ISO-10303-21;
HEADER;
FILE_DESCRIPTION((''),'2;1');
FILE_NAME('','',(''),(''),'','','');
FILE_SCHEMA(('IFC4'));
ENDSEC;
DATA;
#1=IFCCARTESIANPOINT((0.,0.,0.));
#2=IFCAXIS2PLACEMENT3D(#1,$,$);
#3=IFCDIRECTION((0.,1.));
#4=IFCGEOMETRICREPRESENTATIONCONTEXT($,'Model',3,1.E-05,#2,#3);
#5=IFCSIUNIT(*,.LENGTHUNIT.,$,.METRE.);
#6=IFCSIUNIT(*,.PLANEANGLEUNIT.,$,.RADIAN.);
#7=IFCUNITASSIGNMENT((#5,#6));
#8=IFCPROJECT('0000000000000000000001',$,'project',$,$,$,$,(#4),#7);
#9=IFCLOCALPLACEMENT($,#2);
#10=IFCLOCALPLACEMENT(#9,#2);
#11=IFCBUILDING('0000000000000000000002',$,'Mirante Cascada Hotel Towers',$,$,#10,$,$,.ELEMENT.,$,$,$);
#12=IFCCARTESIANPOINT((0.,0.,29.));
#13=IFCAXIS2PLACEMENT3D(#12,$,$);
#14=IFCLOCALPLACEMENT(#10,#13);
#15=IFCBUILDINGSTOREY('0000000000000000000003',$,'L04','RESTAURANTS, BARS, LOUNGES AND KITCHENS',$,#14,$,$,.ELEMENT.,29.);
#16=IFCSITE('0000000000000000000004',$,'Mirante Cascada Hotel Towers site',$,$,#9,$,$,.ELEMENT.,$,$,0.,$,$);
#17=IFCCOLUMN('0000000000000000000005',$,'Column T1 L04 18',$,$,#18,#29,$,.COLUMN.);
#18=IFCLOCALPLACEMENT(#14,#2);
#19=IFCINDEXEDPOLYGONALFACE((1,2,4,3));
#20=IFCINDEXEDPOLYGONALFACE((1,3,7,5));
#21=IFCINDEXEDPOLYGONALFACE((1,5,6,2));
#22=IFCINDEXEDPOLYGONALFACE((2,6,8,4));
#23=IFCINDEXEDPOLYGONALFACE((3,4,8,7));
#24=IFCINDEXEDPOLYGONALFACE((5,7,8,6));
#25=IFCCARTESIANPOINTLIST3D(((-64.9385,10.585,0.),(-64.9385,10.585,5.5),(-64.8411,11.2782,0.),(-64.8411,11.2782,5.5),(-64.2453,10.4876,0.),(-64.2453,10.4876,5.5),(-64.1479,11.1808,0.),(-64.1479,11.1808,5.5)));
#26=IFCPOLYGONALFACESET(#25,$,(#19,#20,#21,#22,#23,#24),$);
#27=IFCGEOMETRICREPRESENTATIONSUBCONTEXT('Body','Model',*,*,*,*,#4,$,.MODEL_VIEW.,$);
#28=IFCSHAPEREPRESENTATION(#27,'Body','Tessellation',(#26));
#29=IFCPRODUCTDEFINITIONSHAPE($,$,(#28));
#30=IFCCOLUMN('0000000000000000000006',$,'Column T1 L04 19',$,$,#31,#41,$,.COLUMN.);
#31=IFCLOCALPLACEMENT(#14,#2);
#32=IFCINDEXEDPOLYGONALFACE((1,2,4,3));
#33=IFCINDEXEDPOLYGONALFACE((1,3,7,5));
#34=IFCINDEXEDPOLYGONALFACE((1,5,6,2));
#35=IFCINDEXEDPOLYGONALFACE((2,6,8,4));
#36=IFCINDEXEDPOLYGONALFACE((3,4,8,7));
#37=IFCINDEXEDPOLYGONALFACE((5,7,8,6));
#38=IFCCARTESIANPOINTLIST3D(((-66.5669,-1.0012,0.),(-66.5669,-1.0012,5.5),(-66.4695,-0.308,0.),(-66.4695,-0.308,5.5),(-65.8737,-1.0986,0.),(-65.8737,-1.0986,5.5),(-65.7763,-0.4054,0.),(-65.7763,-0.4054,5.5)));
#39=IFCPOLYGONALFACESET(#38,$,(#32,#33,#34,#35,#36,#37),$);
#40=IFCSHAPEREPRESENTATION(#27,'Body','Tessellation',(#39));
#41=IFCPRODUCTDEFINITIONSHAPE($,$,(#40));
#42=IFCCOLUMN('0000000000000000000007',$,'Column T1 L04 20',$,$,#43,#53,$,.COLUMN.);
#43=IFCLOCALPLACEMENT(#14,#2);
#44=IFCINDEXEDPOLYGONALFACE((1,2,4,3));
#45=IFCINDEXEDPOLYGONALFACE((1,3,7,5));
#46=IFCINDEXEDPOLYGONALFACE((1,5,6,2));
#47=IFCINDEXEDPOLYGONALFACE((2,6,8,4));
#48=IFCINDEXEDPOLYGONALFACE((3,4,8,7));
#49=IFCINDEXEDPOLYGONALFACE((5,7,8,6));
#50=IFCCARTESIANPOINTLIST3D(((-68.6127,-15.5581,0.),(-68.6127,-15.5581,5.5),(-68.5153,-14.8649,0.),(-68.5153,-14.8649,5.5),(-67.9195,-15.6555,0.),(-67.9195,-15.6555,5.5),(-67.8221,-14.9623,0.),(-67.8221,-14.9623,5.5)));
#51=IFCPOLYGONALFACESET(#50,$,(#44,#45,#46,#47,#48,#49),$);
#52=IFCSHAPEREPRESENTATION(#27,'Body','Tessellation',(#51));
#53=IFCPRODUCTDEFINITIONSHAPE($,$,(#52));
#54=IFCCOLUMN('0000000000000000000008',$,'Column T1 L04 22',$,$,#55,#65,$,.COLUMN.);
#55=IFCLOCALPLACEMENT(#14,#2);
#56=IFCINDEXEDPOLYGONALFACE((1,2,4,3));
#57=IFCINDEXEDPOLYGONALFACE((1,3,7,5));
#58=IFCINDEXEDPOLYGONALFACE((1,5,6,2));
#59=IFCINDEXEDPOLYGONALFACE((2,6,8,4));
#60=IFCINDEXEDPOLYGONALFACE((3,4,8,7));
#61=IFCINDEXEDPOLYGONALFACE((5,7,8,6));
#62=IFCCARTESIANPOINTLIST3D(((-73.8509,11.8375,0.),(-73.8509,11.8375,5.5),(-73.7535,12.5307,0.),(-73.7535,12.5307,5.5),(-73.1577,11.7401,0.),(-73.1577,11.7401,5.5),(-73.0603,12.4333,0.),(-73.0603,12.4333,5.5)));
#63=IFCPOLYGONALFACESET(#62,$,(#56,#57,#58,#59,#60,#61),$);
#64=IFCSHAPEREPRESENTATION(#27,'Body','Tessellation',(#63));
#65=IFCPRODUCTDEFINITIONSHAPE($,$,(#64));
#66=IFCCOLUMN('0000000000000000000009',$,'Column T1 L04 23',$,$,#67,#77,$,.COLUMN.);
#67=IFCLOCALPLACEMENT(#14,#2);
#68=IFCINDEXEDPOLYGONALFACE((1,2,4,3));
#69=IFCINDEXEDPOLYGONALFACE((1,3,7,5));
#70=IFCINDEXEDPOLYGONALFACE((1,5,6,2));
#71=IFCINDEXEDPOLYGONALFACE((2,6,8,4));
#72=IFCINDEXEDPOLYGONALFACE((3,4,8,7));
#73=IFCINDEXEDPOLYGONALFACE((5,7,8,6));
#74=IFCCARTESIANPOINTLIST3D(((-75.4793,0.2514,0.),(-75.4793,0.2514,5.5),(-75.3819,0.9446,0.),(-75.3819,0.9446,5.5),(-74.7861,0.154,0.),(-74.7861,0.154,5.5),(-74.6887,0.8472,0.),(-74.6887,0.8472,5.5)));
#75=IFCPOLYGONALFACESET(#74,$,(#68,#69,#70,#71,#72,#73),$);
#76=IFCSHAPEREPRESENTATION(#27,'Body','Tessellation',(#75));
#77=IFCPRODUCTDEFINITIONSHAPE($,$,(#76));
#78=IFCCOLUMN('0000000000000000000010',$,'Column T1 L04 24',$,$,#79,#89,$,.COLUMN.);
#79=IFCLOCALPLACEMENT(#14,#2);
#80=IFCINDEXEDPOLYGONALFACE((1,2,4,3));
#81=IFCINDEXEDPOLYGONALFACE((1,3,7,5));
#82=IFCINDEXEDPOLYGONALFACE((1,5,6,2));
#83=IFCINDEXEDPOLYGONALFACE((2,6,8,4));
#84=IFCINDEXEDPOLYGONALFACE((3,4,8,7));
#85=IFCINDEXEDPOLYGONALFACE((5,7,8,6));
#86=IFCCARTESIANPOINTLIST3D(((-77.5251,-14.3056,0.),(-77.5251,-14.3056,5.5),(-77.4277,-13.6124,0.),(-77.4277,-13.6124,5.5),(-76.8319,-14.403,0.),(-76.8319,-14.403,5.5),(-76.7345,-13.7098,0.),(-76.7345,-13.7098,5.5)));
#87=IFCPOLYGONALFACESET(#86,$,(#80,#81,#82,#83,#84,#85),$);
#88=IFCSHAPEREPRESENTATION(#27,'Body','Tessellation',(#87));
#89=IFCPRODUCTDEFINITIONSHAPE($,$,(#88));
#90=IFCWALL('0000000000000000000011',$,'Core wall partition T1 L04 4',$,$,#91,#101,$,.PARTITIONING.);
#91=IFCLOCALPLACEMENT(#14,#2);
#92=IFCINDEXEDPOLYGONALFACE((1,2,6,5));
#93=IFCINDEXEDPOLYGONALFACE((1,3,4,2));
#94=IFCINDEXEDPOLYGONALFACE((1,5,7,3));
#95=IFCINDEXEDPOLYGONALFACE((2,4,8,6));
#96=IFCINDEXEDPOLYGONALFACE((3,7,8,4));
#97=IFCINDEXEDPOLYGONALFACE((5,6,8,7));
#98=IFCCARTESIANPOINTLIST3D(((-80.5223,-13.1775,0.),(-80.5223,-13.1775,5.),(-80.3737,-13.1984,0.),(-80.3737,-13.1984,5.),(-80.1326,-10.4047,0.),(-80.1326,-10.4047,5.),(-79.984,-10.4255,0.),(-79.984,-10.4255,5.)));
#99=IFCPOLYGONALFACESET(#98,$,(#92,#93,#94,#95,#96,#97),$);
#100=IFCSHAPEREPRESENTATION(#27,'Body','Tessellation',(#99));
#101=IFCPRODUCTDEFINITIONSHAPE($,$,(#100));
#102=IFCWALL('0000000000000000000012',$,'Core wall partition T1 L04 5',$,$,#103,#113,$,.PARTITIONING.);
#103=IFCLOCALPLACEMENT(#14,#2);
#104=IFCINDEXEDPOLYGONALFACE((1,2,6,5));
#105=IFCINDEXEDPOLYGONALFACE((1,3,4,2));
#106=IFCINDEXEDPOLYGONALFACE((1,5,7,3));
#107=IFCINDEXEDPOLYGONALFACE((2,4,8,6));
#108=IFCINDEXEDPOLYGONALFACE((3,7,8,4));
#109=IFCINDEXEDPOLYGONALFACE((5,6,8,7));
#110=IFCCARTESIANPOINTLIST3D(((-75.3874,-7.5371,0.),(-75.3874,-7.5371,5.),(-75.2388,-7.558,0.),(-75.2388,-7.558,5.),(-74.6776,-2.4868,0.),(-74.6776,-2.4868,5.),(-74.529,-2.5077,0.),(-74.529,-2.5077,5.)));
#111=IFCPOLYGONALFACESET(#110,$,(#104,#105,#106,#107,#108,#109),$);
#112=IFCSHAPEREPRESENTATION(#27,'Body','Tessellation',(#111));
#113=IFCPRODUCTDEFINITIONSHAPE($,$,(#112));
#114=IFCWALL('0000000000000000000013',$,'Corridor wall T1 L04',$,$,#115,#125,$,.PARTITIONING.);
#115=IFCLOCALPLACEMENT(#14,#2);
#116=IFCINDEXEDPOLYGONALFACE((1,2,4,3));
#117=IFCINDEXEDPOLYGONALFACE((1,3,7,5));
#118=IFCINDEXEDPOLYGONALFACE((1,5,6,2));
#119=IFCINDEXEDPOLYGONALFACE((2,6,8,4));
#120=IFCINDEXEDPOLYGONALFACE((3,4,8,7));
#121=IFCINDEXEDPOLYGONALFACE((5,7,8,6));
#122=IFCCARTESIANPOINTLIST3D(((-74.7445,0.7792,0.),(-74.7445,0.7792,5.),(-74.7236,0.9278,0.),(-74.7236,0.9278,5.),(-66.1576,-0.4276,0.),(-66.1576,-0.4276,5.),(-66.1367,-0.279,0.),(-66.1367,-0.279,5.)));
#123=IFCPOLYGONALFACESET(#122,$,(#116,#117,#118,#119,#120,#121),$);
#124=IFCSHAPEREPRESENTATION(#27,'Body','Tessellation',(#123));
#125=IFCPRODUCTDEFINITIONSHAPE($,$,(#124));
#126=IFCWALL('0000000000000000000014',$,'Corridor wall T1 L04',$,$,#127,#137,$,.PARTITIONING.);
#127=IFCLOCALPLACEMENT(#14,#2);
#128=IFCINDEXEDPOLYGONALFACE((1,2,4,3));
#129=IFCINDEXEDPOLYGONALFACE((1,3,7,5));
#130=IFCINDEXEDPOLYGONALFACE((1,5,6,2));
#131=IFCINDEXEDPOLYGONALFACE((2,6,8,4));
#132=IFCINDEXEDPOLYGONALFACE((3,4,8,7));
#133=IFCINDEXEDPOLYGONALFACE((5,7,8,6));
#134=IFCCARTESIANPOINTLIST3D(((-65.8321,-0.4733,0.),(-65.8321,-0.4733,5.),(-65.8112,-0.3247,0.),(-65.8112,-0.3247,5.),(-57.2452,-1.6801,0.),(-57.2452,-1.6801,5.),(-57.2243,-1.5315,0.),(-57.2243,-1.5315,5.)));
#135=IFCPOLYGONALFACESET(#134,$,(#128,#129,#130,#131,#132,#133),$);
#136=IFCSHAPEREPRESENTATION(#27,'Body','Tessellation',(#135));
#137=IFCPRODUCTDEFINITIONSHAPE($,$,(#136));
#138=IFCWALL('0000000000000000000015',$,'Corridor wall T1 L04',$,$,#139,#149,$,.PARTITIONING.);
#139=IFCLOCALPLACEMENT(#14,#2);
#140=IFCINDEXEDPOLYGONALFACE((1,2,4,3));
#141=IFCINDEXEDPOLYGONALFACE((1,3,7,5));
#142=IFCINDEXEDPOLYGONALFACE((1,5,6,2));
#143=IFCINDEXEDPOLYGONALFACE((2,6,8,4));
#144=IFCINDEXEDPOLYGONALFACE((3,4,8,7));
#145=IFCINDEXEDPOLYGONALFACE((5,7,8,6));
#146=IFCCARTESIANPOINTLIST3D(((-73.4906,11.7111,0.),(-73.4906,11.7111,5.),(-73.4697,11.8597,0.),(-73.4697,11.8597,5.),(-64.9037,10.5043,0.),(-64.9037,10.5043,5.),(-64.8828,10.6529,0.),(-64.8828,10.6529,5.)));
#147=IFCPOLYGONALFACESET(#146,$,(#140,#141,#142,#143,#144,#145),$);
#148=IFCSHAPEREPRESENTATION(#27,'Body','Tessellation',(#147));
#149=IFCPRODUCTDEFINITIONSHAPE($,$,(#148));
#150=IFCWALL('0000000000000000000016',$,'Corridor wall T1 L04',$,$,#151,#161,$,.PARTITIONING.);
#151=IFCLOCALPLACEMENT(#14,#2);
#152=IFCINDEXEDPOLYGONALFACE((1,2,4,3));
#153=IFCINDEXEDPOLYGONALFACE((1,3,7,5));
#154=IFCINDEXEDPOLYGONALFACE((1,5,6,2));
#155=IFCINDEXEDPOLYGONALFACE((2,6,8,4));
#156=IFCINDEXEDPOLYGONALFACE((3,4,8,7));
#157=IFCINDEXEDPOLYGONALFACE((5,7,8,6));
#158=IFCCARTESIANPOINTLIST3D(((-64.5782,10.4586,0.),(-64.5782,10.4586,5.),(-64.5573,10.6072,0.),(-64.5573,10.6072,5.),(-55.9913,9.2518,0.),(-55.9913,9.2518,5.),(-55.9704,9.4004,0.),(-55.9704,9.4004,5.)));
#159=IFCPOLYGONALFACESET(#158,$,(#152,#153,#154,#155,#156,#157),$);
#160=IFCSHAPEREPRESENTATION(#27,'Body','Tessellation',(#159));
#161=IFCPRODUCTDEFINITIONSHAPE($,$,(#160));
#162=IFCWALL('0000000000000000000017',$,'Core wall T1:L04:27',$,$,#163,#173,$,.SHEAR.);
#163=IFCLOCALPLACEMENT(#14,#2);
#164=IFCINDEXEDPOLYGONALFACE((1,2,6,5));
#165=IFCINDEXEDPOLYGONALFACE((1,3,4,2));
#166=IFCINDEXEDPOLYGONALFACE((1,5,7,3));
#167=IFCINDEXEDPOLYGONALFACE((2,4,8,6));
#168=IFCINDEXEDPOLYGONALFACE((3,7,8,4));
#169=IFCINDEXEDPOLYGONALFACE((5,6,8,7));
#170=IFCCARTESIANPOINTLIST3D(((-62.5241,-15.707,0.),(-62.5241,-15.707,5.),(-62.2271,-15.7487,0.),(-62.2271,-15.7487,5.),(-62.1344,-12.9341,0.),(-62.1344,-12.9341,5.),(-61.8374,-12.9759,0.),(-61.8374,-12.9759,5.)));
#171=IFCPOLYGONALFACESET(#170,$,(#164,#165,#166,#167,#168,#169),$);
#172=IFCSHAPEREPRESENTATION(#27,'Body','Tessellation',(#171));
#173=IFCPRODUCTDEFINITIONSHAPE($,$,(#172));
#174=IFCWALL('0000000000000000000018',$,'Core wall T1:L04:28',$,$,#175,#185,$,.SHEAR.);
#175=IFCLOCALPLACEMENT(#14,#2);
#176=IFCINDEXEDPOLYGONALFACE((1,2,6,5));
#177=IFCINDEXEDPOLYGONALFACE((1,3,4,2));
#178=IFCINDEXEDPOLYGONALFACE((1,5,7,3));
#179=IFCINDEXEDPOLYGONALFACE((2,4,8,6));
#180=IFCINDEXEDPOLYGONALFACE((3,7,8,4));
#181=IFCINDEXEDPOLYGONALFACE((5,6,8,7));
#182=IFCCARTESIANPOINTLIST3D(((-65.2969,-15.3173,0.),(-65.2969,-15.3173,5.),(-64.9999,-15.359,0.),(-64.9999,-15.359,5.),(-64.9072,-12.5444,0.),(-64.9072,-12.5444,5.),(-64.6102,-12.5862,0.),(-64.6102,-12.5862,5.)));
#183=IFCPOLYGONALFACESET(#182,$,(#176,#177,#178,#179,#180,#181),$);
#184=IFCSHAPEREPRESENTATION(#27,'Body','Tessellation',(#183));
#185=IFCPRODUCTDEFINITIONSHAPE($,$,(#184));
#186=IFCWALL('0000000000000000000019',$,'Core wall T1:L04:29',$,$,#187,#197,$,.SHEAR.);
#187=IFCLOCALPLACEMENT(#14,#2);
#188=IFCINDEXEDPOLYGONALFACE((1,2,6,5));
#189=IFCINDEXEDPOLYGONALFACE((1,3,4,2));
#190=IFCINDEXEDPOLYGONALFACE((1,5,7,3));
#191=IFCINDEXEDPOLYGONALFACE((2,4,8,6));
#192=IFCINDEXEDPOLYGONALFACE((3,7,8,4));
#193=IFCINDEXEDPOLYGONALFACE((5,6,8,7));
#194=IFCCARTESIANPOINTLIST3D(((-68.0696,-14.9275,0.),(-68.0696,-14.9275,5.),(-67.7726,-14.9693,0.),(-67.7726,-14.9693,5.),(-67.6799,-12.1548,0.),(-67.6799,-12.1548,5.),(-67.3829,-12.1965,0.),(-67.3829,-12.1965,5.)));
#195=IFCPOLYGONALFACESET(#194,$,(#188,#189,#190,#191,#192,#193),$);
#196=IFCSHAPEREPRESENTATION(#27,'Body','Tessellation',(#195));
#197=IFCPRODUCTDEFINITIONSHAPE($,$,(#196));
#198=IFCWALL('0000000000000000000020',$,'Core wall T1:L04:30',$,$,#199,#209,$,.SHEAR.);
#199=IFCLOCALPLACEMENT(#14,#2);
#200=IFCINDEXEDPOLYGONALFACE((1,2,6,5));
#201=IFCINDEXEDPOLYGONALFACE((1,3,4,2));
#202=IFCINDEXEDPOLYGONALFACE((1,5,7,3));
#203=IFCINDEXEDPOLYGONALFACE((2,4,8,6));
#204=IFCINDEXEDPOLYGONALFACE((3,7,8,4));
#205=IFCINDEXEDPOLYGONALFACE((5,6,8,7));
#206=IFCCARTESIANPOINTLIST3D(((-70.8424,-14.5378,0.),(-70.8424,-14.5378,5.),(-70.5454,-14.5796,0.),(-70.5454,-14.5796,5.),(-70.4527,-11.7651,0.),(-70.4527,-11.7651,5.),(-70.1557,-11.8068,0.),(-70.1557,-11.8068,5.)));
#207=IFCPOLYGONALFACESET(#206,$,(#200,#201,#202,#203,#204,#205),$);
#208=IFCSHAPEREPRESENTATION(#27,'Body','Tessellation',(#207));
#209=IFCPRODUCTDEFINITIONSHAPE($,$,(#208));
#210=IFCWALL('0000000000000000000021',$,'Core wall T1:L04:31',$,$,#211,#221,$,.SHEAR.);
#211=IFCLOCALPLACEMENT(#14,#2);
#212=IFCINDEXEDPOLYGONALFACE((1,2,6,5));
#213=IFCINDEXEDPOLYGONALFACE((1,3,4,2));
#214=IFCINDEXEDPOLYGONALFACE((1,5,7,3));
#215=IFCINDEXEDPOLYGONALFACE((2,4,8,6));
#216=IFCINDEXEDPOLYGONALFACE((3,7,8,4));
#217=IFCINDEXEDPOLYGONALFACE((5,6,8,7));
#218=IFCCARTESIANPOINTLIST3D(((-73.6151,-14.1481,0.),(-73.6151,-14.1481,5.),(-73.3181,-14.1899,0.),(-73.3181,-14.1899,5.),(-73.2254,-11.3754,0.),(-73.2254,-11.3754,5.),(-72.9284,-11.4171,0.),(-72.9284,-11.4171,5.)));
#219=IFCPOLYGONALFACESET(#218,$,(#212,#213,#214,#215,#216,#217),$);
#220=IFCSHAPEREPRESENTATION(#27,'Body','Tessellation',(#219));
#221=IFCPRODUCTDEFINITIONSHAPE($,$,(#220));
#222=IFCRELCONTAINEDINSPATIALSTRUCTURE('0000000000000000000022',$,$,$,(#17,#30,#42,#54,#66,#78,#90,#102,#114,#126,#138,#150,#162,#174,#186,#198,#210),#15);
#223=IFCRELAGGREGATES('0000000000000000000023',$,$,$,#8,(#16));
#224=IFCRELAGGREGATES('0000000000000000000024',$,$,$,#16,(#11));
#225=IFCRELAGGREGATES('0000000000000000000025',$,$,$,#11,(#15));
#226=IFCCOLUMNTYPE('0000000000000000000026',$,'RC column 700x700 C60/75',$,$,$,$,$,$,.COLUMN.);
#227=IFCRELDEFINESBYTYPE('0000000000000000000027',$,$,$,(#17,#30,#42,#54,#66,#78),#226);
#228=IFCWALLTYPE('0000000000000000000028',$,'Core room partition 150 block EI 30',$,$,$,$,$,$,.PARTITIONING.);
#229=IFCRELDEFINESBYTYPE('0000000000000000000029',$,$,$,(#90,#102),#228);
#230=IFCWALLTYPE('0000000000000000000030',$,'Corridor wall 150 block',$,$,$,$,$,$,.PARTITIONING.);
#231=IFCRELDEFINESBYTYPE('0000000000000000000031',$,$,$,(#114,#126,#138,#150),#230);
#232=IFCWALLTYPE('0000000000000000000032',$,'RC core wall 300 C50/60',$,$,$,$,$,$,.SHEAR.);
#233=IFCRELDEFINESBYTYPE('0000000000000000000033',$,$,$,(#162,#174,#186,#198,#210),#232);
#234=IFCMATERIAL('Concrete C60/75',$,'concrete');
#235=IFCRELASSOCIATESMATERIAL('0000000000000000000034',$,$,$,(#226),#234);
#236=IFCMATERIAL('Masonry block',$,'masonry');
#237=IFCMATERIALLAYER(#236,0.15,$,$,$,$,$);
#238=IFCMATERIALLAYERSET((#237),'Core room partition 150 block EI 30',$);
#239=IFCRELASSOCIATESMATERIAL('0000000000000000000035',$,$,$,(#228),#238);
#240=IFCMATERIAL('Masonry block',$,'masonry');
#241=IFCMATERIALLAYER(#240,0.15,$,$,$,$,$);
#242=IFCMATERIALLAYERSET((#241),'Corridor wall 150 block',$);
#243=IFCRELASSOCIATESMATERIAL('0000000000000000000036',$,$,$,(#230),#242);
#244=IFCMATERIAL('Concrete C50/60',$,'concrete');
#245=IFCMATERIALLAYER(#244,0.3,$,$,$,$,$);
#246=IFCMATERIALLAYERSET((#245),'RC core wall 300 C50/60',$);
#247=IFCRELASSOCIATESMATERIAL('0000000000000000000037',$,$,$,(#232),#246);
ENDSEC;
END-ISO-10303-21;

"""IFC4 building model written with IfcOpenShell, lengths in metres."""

from ifc_helpers import new_model, si_unit, direction, frame, frame_2d, origin, origin_2d, place, context, subcontext, project, spatial, rectangle, extrude, material, layer, layer_set, material_profile, profile_set, type_object, element, save


model = new_model("IFC4")

# Units and contexts
model_context = context("Model", 3, precision=1e-05, world=origin(), true_north=direction((0.0, 1.0)))
body_context = subcontext(model_context, "Body", "Model", "MODEL_VIEW")
ifc_project = project(units=[si_unit("LENGTHUNIT", "METRE"), si_unit("PLANEANGLEUNIT", "RADIAN")], contexts=[model_context])

# Site, building, storey
site_placement = place(None, origin())
site = spatial("IfcSite", under=ifc_project, at=site_placement, Name="Mirante Cascada Hotel Towers site", CompositionType="ELEMENT", RefElevation=0.0)
building_placement = place(site_placement, origin())
building = spatial("IfcBuilding", under=site, at=building_placement, Name="Mirante Cascada Hotel Towers", CompositionType="ELEMENT")
storey_placement = place(building_placement, frame((0.0, 0.0, 29.0)))
storey = spatial("IfcBuildingStorey", under=building, at=storey_placement, Name="L04", Description="RESTAURANTS, BARS, LOUNGES AND KITCHENS", CompositionType="ELEMENT", Elevation=29.0)

# Columns
ifc_material_1 = material(Name="Concrete C60/75", Category="concrete")
ifc_material_profile = material_profile(ifc_material_1, rectangle(XDim=0.7, YDim=0.7, at=origin_2d()), Name="RC column 700x700 C60/75")
ifc_profile_set = profile_set([ifc_material_profile], Name="Concrete C60/75")
column_type = type_object("IfcColumnType", Name="RC column 700x700 C60/75", PredefinedType="COLUMN", material=ifc_profile_set)
for number, where, z_axis, x_axis, name in (
    (1, (-64.5432, 10.8829, 0.0), (0.0, 0.0, 1.0), (-0.990268, 0.139173, 0.0), "Column T1 L04 18"),
    (2, (-66.1716, -0.7033, 0.0), (0.0, 0.0, 1.0), (-0.990268, 0.139173, 0.0), "Column T1 L04 19"),
    (3, (-68.2174, -15.2602, 0.0), (0.0, 0.0, 1.0), (-0.990268, 0.139173, 0.0), "Column T1 L04 20"),
    (4, (-73.4556, 12.1354, 0.0), (0.0, 0.0, 1.0), (-0.990268, 0.139173, 0.0), "Column T1 L04 22"),
    (5, (-75.084, 0.5493, 0.0), (0.0, 0.0, 1.0), (-0.990268, 0.139173, 0.0), "Column T1 L04 23"),
    (6, (-77.1298, -14.0077, 0.0), (0.0, 0.0, 1.0), (-0.990268, 0.139173, 0.0), "Column T1 L04 24"),
):
    element("IfcColumn", number, at=place(storey_placement, frame(where, z_axis=z_axis, x_axis=x_axis)), inside=storey, type_object=column_type, Name=name, PredefinedType="COLUMN", context=body_context, shape_type="SweptSolid", body=[
        extrude(rectangle(XDim=0.7, YDim=0.7, at=origin_2d()), origin(), (0.0, 0.0, 1.0), 5.5),
    ])

# Walls
ifc_material_2 = material(Name="Masonry block", Category="masonry")
ifc_layer_1 = layer(ifc_material_2, 0.15)
ifc_layer_set_1 = layer_set([ifc_layer_1], Name="Core room partition 150 block EI 30")
wall_type_1 = type_object("IfcWallType", Name="Core room partition 150 block EI 30", PredefinedType="PARTITIONING", material=ifc_layer_set_1)
wall_1_placement = place(storey_placement, frame((-80.448, -13.1879, 0.0), z_axis=(0.0, 0.0, 1.0), x_axis=(0.139176, 0.990268, 0.0)))
element("IfcWall", 7, at=wall_1_placement, inside=storey, type_object=wall_type_1, Name="Core wall partition T1 L04 4", PredefinedType="PARTITIONING", context=body_context, shape_type="SweptSolid", body=[
    extrude(rectangle(XDim=2.8001, YDim=0.15, at=frame_2d((1.4, 0.0))), origin(), (0.0, 0.0, 1.0), 5.0),
])
wall_2_placement = place(storey_placement, frame((-75.3131, -7.5476, 0.0), z_axis=(0.0, 0.0, 1.0), x_axis=(0.139178, 0.990267, 0.0)))
element("IfcWall", 8, at=wall_2_placement, inside=storey, type_object=wall_type_1, Name="Core wall partition T1 L04 5", PredefinedType="PARTITIONING", context=body_context, shape_type="SweptSolid", body=[
    extrude(rectangle(XDim=5.0999, YDim=0.15, at=frame_2d((2.55, 0.0))), origin(), (0.0, 0.0, 1.0), 5.0),
])
ifc_material_3 = material(Name="Masonry block", Category="masonry")
ifc_layer_2 = layer(ifc_material_3, 0.15)
ifc_layer_set_2 = layer_set([ifc_layer_2], Name="Corridor wall 150 block")
wall_type_2 = type_object("IfcWallType", Name="Corridor wall 150 block", PredefinedType="PARTITIONING", material=ifc_layer_set_2)
for number, where, z_axis, x_axis, name in (
    (9, (-74.734, 0.8535, 0.0), (0.0, 0.0, 1.0), (0.990268, -0.139172, 0.0), "Corridor wall T1 L04"),
    (10, (-65.8216, -0.399, 0.0), (0.0, 0.0, 1.0), (0.990268, -0.139172, 0.0), "Corridor wall T1 L04"),
    (11, (-73.4801, 11.7854, 0.0), (0.0, 0.0, 1.0), (0.990268, -0.139172, 0.0), "Corridor wall T1 L04"),
    (12, (-64.5677, 10.5329, 0.0), (0.0, 0.0, 1.0), (0.990268, -0.139172, 0.0), "Corridor wall T1 L04"),
):
    element("IfcWall", number, at=place(storey_placement, frame(where, z_axis=z_axis, x_axis=x_axis)), inside=storey, type_object=wall_type_2, Name=name, PredefinedType="PARTITIONING", context=body_context, shape_type="SweptSolid", body=[
        extrude(rectangle(XDim=8.6713, YDim=0.15, at=frame_2d((4.3356, 0.0))), origin(), (0.0, 0.0, 1.0), 5.0),
    ])
ifc_material_4 = material(Name="Concrete C50/60", Category="concrete")
ifc_layer_3 = layer(ifc_material_4, 0.3)
ifc_layer_set_3 = layer_set([ifc_layer_3], Name="RC core wall 300 C50/60")
wall_type_3 = type_object("IfcWallType", Name="RC core wall 300 C50/60", PredefinedType="SHEAR", material=ifc_layer_set_3)
for number, where, z_axis, x_axis, name in (
    (13, (-62.3756, -15.7278, 0.0), (0.0, 0.0, 1.0), (0.139176, 0.990268, 0.0), "Core wall T1:L04:27"),
    (14, (-65.1484, -15.3381, 0.0), (0.0, 0.0, 1.0), (0.139176, 0.990268, 0.0), "Core wall T1:L04:28"),
):
    element("IfcWall", number, at=place(storey_placement, frame(where, z_axis=z_axis, x_axis=x_axis)), inside=storey, type_object=wall_type_3, Name=name, PredefinedType="SHEAR", context=body_context, shape_type="SweptSolid", body=[
        extrude(rectangle(XDim=2.8001, YDim=0.3, at=frame_2d((1.4, 0.0))), origin(), (0.0, 0.0, 1.0), 5.0),
    ])
for number, where, z_axis, x_axis, name in (
    (15, (-67.9211, -14.9484, 0.0), (0.0, 0.0, 1.0), (0.139181, 0.990267, 0.0), "Core wall T1:L04:29"),
    (16, (-70.6939, -14.5587, 0.0), (0.0, 0.0, 1.0), (0.139181, 0.990267, 0.0), "Core wall T1:L04:30"),
    (17, (-73.4666, -14.169, 0.0), (0.0, 0.0, 1.0), (0.139181, 0.990267, 0.0), "Core wall T1:L04:31"),
):
    element("IfcWall", number, at=place(storey_placement, frame(where, z_axis=z_axis, x_axis=x_axis)), inside=storey, type_object=wall_type_3, Name=name, PredefinedType="SHEAR", context=body_context, shape_type="SweptSolid", body=[
        extrude(rectangle(XDim=2.8, YDim=0.3, at=frame_2d((1.4, 0.0))), origin(), (0.0, 0.0, 1.0), 5.0),
    ])

save(model, "model.ifc")
